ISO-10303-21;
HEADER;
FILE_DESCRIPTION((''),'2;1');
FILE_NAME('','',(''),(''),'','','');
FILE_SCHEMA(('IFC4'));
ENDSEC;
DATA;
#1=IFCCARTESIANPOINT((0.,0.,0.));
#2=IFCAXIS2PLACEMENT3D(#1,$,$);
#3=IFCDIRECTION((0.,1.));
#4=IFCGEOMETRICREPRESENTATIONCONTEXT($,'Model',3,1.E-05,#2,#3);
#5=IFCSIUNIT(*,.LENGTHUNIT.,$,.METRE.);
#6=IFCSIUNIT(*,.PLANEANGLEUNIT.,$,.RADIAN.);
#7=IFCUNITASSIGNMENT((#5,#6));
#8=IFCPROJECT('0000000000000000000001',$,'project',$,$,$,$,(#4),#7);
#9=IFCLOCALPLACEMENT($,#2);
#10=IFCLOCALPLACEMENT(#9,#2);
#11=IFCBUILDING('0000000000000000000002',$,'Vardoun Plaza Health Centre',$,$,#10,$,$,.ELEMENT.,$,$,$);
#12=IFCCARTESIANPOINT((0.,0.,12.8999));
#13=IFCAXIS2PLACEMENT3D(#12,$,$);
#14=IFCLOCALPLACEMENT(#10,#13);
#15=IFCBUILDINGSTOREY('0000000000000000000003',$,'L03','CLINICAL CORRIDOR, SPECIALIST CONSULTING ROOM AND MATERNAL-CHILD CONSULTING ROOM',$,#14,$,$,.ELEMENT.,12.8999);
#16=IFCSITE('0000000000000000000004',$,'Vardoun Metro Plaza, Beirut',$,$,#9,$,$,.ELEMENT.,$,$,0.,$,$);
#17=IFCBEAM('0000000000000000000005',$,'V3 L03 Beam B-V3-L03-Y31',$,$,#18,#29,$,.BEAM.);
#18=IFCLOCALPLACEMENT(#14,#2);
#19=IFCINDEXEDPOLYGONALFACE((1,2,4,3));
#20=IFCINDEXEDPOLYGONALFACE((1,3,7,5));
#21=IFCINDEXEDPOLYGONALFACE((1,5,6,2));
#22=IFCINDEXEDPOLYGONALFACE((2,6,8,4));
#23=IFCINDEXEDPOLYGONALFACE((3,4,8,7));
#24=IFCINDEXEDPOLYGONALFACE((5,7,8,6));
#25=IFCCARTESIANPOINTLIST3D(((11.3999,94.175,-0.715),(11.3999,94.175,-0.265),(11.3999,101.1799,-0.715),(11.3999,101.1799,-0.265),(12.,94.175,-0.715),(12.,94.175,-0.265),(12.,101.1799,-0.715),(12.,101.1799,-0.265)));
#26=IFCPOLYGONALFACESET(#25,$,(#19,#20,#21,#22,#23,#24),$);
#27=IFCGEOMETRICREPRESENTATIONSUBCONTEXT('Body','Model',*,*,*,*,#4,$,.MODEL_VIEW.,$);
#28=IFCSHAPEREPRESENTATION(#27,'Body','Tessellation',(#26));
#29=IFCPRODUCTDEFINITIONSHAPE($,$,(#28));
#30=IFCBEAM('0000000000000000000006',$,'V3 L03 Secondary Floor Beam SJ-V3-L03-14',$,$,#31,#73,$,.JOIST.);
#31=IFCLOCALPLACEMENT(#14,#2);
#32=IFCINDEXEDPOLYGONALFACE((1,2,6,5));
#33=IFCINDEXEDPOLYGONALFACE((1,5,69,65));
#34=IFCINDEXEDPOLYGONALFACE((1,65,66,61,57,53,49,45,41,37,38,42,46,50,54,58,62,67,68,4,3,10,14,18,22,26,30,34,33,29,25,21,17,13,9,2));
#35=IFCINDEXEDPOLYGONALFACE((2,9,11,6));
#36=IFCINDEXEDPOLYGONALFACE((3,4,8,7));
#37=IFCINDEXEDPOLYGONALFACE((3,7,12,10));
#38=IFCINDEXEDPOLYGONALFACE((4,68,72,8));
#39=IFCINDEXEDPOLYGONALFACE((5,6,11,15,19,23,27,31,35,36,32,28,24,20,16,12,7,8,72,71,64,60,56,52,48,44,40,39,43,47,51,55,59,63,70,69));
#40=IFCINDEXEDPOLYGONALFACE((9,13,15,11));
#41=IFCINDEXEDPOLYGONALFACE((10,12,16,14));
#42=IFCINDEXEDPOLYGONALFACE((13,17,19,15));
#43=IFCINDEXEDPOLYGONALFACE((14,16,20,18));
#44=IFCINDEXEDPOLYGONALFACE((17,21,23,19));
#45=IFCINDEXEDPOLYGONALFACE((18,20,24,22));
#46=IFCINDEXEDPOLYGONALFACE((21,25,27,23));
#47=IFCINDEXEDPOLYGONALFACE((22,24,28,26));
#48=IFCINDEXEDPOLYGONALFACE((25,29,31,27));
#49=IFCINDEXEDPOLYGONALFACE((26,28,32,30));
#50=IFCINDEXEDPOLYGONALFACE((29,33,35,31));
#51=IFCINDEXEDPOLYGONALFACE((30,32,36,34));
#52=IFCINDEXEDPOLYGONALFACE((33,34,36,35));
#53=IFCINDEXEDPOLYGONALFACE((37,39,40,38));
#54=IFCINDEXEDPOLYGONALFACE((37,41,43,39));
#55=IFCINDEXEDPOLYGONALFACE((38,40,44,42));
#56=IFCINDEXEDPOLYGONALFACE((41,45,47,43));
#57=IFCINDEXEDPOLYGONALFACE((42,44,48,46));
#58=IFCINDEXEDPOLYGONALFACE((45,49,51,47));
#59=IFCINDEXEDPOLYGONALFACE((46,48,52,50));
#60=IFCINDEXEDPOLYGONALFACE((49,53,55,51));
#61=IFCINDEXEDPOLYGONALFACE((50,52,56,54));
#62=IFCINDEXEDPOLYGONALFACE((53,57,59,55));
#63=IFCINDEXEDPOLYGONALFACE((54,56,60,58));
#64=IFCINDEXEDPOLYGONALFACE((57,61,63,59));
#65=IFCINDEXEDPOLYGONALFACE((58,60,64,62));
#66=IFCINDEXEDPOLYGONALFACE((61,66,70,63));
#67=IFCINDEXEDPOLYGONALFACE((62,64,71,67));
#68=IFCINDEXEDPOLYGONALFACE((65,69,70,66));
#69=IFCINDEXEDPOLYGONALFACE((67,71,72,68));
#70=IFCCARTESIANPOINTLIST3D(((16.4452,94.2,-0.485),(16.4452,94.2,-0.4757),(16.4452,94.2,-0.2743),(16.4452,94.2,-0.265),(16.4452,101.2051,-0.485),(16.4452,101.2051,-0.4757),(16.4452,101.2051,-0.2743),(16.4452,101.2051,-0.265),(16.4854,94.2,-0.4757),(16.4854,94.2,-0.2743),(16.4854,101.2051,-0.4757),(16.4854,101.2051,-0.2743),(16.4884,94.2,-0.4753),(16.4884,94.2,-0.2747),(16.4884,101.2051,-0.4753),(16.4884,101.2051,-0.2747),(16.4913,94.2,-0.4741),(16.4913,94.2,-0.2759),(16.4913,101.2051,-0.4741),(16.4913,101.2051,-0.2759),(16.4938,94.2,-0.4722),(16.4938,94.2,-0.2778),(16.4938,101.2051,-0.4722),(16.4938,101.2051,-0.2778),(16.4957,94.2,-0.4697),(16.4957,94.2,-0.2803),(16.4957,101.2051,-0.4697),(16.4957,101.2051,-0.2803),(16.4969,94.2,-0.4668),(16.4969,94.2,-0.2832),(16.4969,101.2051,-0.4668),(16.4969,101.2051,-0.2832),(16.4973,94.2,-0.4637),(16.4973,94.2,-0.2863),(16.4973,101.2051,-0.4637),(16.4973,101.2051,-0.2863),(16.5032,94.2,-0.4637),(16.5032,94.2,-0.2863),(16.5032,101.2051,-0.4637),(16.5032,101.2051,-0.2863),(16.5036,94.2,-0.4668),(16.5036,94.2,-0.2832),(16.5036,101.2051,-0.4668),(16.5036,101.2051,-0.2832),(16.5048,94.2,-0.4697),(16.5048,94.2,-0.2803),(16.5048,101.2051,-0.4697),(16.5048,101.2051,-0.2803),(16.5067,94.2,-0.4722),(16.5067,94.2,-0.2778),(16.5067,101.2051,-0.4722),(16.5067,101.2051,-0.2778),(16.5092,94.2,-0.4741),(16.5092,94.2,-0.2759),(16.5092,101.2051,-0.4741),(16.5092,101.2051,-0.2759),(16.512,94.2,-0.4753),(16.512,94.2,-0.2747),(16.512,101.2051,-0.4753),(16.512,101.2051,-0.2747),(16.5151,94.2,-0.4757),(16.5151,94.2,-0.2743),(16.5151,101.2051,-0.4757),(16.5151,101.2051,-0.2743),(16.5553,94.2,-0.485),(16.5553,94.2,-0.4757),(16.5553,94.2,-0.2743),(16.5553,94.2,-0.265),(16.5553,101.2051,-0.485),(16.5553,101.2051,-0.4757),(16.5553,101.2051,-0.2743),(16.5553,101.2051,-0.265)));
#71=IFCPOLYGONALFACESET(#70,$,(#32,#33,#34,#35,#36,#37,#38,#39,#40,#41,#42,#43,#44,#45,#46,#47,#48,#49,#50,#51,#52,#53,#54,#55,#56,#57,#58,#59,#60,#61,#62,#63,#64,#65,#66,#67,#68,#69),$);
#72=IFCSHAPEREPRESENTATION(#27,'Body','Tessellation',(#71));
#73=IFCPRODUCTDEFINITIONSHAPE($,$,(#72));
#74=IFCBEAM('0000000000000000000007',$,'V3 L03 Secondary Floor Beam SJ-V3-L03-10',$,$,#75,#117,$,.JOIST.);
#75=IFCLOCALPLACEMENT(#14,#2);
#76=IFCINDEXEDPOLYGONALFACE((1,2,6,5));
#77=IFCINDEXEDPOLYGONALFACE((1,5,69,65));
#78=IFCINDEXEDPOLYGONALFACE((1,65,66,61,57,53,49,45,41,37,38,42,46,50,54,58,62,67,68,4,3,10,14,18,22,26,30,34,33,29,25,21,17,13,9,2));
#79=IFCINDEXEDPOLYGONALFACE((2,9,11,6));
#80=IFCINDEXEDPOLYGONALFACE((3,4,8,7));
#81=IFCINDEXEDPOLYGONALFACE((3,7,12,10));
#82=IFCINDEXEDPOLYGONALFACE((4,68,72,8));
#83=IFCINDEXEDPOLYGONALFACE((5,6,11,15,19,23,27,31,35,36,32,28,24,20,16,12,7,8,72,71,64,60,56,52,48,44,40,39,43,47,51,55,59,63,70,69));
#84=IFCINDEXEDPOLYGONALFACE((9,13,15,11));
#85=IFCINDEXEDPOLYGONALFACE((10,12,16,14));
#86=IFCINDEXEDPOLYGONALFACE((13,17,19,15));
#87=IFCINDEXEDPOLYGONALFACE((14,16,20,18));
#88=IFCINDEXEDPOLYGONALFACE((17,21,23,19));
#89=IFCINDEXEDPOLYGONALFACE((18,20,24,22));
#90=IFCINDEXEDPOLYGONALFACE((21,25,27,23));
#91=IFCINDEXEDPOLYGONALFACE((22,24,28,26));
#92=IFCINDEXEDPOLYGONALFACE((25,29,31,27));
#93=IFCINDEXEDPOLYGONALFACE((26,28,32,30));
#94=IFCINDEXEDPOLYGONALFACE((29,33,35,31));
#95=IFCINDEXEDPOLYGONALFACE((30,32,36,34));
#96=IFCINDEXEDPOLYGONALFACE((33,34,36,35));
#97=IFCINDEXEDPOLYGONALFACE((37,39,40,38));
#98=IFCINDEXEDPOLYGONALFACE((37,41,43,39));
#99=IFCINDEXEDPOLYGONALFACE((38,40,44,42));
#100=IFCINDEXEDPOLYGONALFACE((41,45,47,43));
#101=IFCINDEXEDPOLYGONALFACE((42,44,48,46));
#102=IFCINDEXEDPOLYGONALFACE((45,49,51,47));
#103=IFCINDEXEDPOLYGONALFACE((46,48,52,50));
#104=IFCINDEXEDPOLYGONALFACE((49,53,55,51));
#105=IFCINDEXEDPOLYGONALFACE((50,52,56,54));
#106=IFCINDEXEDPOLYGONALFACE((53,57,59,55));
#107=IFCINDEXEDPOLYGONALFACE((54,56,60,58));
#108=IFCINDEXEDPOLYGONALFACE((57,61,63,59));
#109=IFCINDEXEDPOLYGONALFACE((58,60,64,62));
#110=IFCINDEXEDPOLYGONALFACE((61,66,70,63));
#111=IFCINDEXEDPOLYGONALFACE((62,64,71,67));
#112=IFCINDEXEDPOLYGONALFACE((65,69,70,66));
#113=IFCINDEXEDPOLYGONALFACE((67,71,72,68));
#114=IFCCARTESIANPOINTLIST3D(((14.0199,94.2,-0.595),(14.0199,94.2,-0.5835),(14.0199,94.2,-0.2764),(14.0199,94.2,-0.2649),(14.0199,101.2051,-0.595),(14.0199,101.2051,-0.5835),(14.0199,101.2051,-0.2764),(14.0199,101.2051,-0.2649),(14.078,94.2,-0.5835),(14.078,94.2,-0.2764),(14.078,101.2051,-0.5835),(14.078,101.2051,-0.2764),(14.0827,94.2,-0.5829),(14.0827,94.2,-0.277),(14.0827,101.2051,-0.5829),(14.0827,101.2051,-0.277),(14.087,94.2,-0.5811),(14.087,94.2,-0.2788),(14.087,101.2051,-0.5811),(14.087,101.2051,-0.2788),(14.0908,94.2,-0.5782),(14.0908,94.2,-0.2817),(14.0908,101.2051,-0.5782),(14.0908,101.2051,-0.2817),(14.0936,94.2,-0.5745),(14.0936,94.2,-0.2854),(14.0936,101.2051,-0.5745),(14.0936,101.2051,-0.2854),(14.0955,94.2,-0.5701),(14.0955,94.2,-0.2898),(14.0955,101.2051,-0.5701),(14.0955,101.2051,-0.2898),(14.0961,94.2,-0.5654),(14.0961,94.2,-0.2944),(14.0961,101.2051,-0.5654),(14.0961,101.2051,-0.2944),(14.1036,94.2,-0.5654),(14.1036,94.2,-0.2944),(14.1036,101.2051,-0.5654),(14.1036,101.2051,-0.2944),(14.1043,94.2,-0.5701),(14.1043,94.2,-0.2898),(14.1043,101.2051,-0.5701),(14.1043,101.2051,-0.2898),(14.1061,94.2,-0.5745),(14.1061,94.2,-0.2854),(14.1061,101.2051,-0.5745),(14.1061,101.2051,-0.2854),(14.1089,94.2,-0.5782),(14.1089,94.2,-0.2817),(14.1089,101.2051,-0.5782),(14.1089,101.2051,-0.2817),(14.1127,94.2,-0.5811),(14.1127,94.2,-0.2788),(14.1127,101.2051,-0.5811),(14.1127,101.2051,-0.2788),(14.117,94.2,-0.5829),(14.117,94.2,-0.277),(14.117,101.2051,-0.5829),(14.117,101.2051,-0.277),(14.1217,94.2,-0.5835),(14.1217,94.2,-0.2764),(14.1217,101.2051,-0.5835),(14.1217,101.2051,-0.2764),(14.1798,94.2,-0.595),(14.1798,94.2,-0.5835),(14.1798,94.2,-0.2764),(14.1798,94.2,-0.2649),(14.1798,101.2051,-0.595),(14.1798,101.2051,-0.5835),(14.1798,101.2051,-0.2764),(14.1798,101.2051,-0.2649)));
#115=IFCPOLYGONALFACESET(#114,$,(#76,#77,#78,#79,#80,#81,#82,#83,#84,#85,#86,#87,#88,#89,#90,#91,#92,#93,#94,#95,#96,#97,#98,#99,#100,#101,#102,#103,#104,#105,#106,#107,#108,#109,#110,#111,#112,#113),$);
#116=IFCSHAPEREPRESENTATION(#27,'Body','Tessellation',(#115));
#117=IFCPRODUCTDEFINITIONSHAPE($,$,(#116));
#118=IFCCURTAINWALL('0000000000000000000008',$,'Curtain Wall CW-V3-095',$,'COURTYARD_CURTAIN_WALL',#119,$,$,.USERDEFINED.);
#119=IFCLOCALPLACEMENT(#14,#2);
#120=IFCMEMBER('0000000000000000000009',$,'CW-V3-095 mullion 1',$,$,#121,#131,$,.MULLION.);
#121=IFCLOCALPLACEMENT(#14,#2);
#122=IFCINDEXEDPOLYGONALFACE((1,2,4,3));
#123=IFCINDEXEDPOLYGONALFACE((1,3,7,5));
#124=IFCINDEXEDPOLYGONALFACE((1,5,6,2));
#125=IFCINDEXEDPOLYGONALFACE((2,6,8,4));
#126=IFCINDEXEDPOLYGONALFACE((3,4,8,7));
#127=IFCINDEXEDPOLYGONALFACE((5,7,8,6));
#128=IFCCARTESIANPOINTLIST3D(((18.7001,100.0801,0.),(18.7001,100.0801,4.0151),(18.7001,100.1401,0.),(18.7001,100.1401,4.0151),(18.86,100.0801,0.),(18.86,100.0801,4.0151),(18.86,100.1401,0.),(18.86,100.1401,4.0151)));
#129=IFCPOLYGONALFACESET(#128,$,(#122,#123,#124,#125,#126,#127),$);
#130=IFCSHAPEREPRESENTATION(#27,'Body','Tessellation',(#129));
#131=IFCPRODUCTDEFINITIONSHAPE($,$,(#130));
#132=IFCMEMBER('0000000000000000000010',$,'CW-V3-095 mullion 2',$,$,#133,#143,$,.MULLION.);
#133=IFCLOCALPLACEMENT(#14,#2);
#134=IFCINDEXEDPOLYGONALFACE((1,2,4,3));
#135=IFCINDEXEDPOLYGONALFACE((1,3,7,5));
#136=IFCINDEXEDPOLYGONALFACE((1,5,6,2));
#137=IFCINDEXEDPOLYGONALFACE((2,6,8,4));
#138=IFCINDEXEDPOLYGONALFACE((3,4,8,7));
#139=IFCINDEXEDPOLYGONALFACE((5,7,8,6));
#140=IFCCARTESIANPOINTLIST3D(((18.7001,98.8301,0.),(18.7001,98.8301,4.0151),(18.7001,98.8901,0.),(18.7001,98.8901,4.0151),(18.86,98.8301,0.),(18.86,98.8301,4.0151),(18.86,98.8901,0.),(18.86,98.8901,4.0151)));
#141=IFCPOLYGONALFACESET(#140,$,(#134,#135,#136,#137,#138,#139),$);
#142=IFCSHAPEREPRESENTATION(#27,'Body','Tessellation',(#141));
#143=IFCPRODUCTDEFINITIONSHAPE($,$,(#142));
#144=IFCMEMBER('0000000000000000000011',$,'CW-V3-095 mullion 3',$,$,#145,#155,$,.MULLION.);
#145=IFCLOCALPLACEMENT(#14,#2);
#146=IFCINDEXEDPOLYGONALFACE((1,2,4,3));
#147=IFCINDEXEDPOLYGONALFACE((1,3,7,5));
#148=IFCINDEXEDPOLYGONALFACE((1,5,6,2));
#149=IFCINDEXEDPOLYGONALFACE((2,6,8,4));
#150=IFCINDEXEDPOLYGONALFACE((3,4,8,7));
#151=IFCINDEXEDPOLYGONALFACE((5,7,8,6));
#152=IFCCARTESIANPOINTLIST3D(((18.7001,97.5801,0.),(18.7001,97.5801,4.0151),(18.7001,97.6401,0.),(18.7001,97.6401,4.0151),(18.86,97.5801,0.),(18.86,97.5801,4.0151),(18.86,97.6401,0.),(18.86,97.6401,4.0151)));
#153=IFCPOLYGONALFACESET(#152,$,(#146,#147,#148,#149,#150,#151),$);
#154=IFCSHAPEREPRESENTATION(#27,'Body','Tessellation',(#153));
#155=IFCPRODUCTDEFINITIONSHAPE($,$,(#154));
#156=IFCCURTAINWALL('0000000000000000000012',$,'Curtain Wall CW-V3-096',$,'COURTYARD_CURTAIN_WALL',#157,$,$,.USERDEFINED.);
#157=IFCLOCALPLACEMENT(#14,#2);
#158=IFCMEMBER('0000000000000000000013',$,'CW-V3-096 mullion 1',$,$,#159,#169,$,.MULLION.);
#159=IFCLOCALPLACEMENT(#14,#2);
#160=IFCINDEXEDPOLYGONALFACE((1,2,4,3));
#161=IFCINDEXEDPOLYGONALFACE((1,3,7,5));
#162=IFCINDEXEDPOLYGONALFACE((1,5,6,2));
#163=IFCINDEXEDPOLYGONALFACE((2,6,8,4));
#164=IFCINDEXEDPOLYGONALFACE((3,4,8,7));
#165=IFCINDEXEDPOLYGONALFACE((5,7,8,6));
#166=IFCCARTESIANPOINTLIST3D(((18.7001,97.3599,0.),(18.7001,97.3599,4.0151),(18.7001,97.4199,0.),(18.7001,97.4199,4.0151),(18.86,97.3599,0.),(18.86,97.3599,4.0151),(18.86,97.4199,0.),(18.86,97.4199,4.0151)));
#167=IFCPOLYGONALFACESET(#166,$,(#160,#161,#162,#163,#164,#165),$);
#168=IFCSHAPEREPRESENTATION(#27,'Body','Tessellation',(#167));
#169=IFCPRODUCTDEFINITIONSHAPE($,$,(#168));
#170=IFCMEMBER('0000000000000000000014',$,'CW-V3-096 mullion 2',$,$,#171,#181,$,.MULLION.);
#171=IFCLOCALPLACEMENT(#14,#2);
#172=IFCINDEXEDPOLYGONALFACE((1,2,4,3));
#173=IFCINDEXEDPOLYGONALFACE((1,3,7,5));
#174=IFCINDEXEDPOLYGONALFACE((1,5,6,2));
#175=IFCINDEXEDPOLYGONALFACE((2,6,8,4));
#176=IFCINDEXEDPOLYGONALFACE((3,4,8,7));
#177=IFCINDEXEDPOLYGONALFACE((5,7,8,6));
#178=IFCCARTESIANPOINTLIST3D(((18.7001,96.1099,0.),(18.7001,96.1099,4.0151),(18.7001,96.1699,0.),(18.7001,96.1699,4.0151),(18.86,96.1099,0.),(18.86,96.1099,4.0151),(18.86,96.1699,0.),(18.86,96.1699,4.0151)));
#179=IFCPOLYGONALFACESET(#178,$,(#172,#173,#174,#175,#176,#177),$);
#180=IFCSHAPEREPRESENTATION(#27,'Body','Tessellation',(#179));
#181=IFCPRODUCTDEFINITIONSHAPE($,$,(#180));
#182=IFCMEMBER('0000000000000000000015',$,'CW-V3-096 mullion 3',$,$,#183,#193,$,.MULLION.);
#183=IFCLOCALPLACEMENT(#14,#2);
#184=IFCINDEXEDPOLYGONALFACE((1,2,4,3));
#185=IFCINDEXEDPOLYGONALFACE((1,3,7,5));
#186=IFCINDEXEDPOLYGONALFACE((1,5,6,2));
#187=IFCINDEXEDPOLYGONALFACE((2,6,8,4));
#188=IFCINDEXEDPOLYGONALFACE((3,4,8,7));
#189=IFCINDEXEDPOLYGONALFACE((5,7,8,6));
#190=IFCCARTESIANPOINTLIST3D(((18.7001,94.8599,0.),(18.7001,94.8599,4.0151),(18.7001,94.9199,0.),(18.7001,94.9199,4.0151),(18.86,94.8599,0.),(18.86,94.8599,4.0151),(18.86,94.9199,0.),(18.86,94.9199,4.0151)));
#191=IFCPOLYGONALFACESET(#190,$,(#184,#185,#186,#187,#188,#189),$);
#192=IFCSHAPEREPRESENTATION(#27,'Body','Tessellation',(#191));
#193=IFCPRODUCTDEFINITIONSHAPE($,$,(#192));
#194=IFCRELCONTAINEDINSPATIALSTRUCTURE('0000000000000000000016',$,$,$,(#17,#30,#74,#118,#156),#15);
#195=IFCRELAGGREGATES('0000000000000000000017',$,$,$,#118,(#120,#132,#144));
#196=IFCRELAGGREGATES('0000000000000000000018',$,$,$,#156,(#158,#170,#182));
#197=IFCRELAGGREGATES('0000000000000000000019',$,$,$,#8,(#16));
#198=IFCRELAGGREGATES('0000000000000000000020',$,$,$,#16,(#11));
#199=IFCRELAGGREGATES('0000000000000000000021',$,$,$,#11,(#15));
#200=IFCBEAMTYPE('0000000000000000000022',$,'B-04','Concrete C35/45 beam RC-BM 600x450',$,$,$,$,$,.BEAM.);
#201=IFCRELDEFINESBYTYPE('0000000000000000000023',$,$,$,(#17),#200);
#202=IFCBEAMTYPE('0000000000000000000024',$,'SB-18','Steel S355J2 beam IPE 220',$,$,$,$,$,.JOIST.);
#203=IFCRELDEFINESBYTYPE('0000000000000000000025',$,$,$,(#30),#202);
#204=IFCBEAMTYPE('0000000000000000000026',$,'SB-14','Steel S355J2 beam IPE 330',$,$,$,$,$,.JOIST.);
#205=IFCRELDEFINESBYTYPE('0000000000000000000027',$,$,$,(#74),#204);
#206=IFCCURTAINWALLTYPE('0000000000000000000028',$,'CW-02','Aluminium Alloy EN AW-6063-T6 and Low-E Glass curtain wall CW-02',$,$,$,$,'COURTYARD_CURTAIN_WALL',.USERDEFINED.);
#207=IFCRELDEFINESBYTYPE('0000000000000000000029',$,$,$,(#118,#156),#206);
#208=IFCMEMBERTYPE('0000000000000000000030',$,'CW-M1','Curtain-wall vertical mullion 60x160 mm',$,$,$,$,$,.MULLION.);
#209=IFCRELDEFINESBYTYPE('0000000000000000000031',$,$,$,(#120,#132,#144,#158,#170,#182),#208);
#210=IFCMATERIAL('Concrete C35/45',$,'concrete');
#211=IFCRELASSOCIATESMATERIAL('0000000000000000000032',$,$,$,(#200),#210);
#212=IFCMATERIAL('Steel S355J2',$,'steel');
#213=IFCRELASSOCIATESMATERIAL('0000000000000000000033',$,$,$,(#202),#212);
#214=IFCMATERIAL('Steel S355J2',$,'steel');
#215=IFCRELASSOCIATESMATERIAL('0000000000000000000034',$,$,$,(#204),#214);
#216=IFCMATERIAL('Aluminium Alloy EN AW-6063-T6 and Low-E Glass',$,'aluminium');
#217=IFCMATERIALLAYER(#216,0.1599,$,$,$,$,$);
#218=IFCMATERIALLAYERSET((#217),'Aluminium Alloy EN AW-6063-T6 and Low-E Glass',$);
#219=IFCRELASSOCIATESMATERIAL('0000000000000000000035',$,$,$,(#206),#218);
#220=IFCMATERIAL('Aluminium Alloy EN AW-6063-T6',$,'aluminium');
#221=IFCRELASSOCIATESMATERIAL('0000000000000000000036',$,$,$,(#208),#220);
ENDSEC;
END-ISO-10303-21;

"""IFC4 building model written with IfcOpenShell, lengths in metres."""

from ifc_helpers import new_model, si_unit, direction, frame, origin, origin_2d, place, context, subcontext, project, spatial, rectangle, i_section, extrude, material, layer, layer_set, material_profile, profile_set, type_object, element, aggregate, save


model = new_model("IFC4")

# Units and contexts
model_context = context("Model", 3, precision=1e-05, world=origin(), true_north=direction((0.0, 1.0)))
body_context = subcontext(model_context, "Body", "Model", "MODEL_VIEW")
ifc_project = project(units=[si_unit("LENGTHUNIT", "METRE"), si_unit("PLANEANGLEUNIT", "RADIAN")], contexts=[model_context])

# Site, building, storey
site_placement = place(None, origin())
site = spatial("IfcSite", under=ifc_project, at=site_placement, Name="Vardoun Metro Plaza, Beirut", CompositionType="ELEMENT", RefElevation=0.0)
building_placement = place(site_placement, origin())
building = spatial("IfcBuilding", under=site, at=building_placement, Name="Vardoun Plaza Health Centre", CompositionType="ELEMENT")
storey_placement = place(building_placement, frame((0.0, 0.0, 12.8999)))
storey = spatial("IfcBuildingStorey", under=building, at=storey_placement, Name="L03", Description="CLINICAL CORRIDOR, SPECIALIST CONSULTING ROOM AND MATERNAL-CHILD CONSULTING ROOM", CompositionType="ELEMENT", Elevation=12.8999)

# Beams
ifc_material_1 = material(Name="Concrete C35/45", Category="concrete")
ifc_material_profile_1 = material_profile(ifc_material_1, rectangle(XDim=0.6001, YDim=0.45, at=origin_2d()), Name="RC-BM 600x450")
ifc_profile_set_1 = profile_set([ifc_material_profile_1], Name="Concrete C35/45")
beam_type_1 = type_object("IfcBeamType", Name="B-04", Description="Concrete C35/45 beam RC-BM 600x450", PredefinedType="BEAM", material=ifc_profile_set_1)
beam_1_placement = place(storey_placement, frame((11.7, 94.175, -0.49), z_axis=(0.0, 1.0, 0.0), x_axis=(-1.0, 0.0, 0.0)))
element("IfcBeam", 1, at=beam_1_placement, inside=storey, type_object=beam_type_1, Name="V3 L03 Beam B-V3-L03-Y31", PredefinedType="BEAM", context=body_context, shape_type="SweptSolid", body=[
    extrude(rectangle(XDim=0.6001, YDim=0.45, at=origin_2d()), origin(), (0.0, 0.0, 1.0), 7.0049),
])
ifc_material_2 = material(Name="Steel S355J2", Category="steel")
ifc_material_profile_2 = material_profile(ifc_material_2, i_section(OverallWidth=0.1101, OverallDepth=0.22, WebThickness=0.0059, FlangeThickness=0.0093, FilletRadius=0.012, at=origin_2d()), Name="IPE 220")
ifc_profile_set_2 = profile_set([ifc_material_profile_2], Name="Steel S355J2")
beam_type_2 = type_object("IfcBeamType", Name="SB-18", Description="Steel S355J2 beam IPE 220", PredefinedType="JOIST", material=ifc_profile_set_2)
beam_2_placement = place(storey_placement, frame((16.5002, 94.2, -0.375), z_axis=(0.0, 1.0, 0.0), x_axis=(-1.0, 0.0, 0.0)))
element("IfcBeam", 2, at=beam_2_placement, inside=storey, type_object=beam_type_2, Name="V3 L03 Secondary Floor Beam SJ-V3-L03-14", PredefinedType="JOIST", context=body_context, shape_type="SweptSolid", body=[
    extrude(i_section(OverallWidth=0.1101, OverallDepth=0.22, WebThickness=0.0059, FlangeThickness=0.0093, FilletRadius=0.012, at=origin_2d()), origin(), (0.0, 0.0, 1.0), 7.0051),
])
ifc_material_3 = material(Name="Steel S355J2", Category="steel")
ifc_material_profile_3 = material_profile(ifc_material_3, i_section(OverallWidth=0.1599, OverallDepth=0.3301, WebThickness=0.0076, FlangeThickness=0.0115, FilletRadius=0.0181, at=origin_2d()), Name="IPE 330")
ifc_profile_set_3 = profile_set([ifc_material_profile_3], Name="Steel S355J2")
beam_type_3 = type_object("IfcBeamType", Name="SB-14", Description="Steel S355J2 beam IPE 330", PredefinedType="JOIST", material=ifc_profile_set_3)
beam_3_placement = place(storey_placement, frame((14.0999, 94.2, -0.4299), z_axis=(0.0, 1.0, 0.0), x_axis=(-1.0, 0.0, 0.0)))
element("IfcBeam", 3, at=beam_3_placement, inside=storey, type_object=beam_type_3, Name="V3 L03 Secondary Floor Beam SJ-V3-L03-10", PredefinedType="JOIST", context=body_context, shape_type="SweptSolid", body=[
    extrude(i_section(OverallWidth=0.1599, OverallDepth=0.3301, WebThickness=0.0076, FlangeThickness=0.0115, FilletRadius=0.0181, at=origin_2d()), origin(), (0.0, 0.0, 1.0), 7.0051),
])

# Curtain walls, members
ifc_material_4 = material(Name="Aluminium Alloy EN AW-6063-T6 and Low-E Glass", Category="aluminium")
ifc_layer_1 = layer(ifc_material_4, 0.1599)
ifc_layer_set_1 = layer_set([ifc_layer_1], Name="Aluminium Alloy EN AW-6063-T6 and Low-E Glass")
curtain_wall_type = type_object("IfcCurtainWallType", Name="CW-02", Description="Aluminium Alloy EN AW-6063-T6 and Low-E Glass curtain wall CW-02", ElementType="COURTYARD_CURTAIN_WALL", PredefinedType="USERDEFINED", material=ifc_layer_set_1)
curtain_wall_1_placement = place(storey_placement, origin())
curtain_wall_1 = element("IfcCurtainWall", 4, at=curtain_wall_1_placement, inside=storey, type_object=curtain_wall_type, Name="Curtain Wall CW-V3-095", ObjectType="COURTYARD_CURTAIN_WALL", PredefinedType="USERDEFINED")
ifc_material_5 = material(Name="Aluminium Alloy EN AW-6063-T6", Category="aluminium")
ifc_material_profile_4 = material_profile(ifc_material_5, rectangle(XDim=0.1599, YDim=0.0601, at=origin_2d()), Name="CWM 60x160")
ifc_profile_set_4 = profile_set([ifc_material_profile_4], Name="Aluminium Alloy EN AW-6063-T6")
member_type_1 = type_object("IfcMemberType", Name="CW-M1", Description="Curtain-wall vertical mullion 60x160 mm", PredefinedType="MULLION", material=ifc_profile_set_4)
member_1_placement = place(storey_placement, frame((18.78, 100.1101, 0.0), z_axis=(0.0, 0.0, 1.0), x_axis=(1.0, 0.0, 0.0)))
member_1 = element("IfcMember", 5, at=member_1_placement, type_object=member_type_1, Name="CW-V3-095 mullion 1", PredefinedType="MULLION", context=body_context, shape_type="SweptSolid", body=[
    extrude(rectangle(XDim=0.1599, YDim=0.0601, at=origin_2d()), origin(), (0.0, 0.0, 1.0), 4.0151),
])
member_2_placement = place(storey_placement, frame((18.78, 98.8601, 0.0), z_axis=(0.0, 0.0, 1.0), x_axis=(1.0, 0.0, 0.0)))
member_2 = element("IfcMember", 6, at=member_2_placement, type_object=member_type_1, Name="CW-V3-095 mullion 2", PredefinedType="MULLION", context=body_context, shape_type="SweptSolid", body=[
    extrude(rectangle(XDim=0.1599, YDim=0.0601, at=origin_2d()), origin(), (0.0, 0.0, 1.0), 4.0151),
])
member_3_placement = place(storey_placement, frame((18.78, 97.6101, 0.0), z_axis=(0.0, 0.0, 1.0), x_axis=(1.0, 0.0, 0.0)))
member_3 = element("IfcMember", 7, at=member_3_placement, type_object=member_type_1, Name="CW-V3-095 mullion 3", PredefinedType="MULLION", context=body_context, shape_type="SweptSolid", body=[
    extrude(rectangle(XDim=0.1599, YDim=0.0601, at=origin_2d()), origin(), (0.0, 0.0, 1.0), 4.0151),
])
curtain_wall_2_placement = place(storey_placement, origin())
curtain_wall_2 = element("IfcCurtainWall", 8, at=curtain_wall_2_placement, inside=storey, type_object=curtain_wall_type, Name="Curtain Wall CW-V3-096", ObjectType="COURTYARD_CURTAIN_WALL", PredefinedType="USERDEFINED")
member_4_placement = place(storey_placement, frame((18.78, 97.3899, 0.0), z_axis=(0.0, 0.0, 1.0), x_axis=(1.0, 0.0, 0.0)))
member_4 = element("IfcMember", 9, at=member_4_placement, type_object=member_type_1, Name="CW-V3-096 mullion 1", PredefinedType="MULLION", context=body_context, shape_type="SweptSolid", body=[
    extrude(rectangle(XDim=0.1599, YDim=0.0601, at=origin_2d()), origin(), (0.0, 0.0, 1.0), 4.0151),
])
member_5_placement = place(storey_placement, frame((18.78, 96.1399, 0.0), z_axis=(0.0, 0.0, 1.0), x_axis=(1.0, 0.0, 0.0)))
member_5 = element("IfcMember", 10, at=member_5_placement, type_object=member_type_1, Name="CW-V3-096 mullion 2", PredefinedType="MULLION", context=body_context, shape_type="SweptSolid", body=[
    extrude(rectangle(XDim=0.1599, YDim=0.0601, at=origin_2d()), origin(), (0.0, 0.0, 1.0), 4.0151),
])
member_6_placement = place(storey_placement, frame((18.78, 94.8899, 0.0), z_axis=(0.0, 0.0, 1.0), x_axis=(1.0, 0.0, 0.0)))
member_6 = element("IfcMember", 11, at=member_6_placement, type_object=member_type_1, Name="CW-V3-096 mullion 3", PredefinedType="MULLION", context=body_context, shape_type="SweptSolid", body=[
    extrude(rectangle(XDim=0.1599, YDim=0.0601, at=origin_2d()), origin(), (0.0, 0.0, 1.0), 4.0151),
])

aggregate(curtain_wall_1, [member_1, member_2, member_3])
aggregate(curtain_wall_2, [member_4, member_5, member_6])

save(model, "model.ifc")
